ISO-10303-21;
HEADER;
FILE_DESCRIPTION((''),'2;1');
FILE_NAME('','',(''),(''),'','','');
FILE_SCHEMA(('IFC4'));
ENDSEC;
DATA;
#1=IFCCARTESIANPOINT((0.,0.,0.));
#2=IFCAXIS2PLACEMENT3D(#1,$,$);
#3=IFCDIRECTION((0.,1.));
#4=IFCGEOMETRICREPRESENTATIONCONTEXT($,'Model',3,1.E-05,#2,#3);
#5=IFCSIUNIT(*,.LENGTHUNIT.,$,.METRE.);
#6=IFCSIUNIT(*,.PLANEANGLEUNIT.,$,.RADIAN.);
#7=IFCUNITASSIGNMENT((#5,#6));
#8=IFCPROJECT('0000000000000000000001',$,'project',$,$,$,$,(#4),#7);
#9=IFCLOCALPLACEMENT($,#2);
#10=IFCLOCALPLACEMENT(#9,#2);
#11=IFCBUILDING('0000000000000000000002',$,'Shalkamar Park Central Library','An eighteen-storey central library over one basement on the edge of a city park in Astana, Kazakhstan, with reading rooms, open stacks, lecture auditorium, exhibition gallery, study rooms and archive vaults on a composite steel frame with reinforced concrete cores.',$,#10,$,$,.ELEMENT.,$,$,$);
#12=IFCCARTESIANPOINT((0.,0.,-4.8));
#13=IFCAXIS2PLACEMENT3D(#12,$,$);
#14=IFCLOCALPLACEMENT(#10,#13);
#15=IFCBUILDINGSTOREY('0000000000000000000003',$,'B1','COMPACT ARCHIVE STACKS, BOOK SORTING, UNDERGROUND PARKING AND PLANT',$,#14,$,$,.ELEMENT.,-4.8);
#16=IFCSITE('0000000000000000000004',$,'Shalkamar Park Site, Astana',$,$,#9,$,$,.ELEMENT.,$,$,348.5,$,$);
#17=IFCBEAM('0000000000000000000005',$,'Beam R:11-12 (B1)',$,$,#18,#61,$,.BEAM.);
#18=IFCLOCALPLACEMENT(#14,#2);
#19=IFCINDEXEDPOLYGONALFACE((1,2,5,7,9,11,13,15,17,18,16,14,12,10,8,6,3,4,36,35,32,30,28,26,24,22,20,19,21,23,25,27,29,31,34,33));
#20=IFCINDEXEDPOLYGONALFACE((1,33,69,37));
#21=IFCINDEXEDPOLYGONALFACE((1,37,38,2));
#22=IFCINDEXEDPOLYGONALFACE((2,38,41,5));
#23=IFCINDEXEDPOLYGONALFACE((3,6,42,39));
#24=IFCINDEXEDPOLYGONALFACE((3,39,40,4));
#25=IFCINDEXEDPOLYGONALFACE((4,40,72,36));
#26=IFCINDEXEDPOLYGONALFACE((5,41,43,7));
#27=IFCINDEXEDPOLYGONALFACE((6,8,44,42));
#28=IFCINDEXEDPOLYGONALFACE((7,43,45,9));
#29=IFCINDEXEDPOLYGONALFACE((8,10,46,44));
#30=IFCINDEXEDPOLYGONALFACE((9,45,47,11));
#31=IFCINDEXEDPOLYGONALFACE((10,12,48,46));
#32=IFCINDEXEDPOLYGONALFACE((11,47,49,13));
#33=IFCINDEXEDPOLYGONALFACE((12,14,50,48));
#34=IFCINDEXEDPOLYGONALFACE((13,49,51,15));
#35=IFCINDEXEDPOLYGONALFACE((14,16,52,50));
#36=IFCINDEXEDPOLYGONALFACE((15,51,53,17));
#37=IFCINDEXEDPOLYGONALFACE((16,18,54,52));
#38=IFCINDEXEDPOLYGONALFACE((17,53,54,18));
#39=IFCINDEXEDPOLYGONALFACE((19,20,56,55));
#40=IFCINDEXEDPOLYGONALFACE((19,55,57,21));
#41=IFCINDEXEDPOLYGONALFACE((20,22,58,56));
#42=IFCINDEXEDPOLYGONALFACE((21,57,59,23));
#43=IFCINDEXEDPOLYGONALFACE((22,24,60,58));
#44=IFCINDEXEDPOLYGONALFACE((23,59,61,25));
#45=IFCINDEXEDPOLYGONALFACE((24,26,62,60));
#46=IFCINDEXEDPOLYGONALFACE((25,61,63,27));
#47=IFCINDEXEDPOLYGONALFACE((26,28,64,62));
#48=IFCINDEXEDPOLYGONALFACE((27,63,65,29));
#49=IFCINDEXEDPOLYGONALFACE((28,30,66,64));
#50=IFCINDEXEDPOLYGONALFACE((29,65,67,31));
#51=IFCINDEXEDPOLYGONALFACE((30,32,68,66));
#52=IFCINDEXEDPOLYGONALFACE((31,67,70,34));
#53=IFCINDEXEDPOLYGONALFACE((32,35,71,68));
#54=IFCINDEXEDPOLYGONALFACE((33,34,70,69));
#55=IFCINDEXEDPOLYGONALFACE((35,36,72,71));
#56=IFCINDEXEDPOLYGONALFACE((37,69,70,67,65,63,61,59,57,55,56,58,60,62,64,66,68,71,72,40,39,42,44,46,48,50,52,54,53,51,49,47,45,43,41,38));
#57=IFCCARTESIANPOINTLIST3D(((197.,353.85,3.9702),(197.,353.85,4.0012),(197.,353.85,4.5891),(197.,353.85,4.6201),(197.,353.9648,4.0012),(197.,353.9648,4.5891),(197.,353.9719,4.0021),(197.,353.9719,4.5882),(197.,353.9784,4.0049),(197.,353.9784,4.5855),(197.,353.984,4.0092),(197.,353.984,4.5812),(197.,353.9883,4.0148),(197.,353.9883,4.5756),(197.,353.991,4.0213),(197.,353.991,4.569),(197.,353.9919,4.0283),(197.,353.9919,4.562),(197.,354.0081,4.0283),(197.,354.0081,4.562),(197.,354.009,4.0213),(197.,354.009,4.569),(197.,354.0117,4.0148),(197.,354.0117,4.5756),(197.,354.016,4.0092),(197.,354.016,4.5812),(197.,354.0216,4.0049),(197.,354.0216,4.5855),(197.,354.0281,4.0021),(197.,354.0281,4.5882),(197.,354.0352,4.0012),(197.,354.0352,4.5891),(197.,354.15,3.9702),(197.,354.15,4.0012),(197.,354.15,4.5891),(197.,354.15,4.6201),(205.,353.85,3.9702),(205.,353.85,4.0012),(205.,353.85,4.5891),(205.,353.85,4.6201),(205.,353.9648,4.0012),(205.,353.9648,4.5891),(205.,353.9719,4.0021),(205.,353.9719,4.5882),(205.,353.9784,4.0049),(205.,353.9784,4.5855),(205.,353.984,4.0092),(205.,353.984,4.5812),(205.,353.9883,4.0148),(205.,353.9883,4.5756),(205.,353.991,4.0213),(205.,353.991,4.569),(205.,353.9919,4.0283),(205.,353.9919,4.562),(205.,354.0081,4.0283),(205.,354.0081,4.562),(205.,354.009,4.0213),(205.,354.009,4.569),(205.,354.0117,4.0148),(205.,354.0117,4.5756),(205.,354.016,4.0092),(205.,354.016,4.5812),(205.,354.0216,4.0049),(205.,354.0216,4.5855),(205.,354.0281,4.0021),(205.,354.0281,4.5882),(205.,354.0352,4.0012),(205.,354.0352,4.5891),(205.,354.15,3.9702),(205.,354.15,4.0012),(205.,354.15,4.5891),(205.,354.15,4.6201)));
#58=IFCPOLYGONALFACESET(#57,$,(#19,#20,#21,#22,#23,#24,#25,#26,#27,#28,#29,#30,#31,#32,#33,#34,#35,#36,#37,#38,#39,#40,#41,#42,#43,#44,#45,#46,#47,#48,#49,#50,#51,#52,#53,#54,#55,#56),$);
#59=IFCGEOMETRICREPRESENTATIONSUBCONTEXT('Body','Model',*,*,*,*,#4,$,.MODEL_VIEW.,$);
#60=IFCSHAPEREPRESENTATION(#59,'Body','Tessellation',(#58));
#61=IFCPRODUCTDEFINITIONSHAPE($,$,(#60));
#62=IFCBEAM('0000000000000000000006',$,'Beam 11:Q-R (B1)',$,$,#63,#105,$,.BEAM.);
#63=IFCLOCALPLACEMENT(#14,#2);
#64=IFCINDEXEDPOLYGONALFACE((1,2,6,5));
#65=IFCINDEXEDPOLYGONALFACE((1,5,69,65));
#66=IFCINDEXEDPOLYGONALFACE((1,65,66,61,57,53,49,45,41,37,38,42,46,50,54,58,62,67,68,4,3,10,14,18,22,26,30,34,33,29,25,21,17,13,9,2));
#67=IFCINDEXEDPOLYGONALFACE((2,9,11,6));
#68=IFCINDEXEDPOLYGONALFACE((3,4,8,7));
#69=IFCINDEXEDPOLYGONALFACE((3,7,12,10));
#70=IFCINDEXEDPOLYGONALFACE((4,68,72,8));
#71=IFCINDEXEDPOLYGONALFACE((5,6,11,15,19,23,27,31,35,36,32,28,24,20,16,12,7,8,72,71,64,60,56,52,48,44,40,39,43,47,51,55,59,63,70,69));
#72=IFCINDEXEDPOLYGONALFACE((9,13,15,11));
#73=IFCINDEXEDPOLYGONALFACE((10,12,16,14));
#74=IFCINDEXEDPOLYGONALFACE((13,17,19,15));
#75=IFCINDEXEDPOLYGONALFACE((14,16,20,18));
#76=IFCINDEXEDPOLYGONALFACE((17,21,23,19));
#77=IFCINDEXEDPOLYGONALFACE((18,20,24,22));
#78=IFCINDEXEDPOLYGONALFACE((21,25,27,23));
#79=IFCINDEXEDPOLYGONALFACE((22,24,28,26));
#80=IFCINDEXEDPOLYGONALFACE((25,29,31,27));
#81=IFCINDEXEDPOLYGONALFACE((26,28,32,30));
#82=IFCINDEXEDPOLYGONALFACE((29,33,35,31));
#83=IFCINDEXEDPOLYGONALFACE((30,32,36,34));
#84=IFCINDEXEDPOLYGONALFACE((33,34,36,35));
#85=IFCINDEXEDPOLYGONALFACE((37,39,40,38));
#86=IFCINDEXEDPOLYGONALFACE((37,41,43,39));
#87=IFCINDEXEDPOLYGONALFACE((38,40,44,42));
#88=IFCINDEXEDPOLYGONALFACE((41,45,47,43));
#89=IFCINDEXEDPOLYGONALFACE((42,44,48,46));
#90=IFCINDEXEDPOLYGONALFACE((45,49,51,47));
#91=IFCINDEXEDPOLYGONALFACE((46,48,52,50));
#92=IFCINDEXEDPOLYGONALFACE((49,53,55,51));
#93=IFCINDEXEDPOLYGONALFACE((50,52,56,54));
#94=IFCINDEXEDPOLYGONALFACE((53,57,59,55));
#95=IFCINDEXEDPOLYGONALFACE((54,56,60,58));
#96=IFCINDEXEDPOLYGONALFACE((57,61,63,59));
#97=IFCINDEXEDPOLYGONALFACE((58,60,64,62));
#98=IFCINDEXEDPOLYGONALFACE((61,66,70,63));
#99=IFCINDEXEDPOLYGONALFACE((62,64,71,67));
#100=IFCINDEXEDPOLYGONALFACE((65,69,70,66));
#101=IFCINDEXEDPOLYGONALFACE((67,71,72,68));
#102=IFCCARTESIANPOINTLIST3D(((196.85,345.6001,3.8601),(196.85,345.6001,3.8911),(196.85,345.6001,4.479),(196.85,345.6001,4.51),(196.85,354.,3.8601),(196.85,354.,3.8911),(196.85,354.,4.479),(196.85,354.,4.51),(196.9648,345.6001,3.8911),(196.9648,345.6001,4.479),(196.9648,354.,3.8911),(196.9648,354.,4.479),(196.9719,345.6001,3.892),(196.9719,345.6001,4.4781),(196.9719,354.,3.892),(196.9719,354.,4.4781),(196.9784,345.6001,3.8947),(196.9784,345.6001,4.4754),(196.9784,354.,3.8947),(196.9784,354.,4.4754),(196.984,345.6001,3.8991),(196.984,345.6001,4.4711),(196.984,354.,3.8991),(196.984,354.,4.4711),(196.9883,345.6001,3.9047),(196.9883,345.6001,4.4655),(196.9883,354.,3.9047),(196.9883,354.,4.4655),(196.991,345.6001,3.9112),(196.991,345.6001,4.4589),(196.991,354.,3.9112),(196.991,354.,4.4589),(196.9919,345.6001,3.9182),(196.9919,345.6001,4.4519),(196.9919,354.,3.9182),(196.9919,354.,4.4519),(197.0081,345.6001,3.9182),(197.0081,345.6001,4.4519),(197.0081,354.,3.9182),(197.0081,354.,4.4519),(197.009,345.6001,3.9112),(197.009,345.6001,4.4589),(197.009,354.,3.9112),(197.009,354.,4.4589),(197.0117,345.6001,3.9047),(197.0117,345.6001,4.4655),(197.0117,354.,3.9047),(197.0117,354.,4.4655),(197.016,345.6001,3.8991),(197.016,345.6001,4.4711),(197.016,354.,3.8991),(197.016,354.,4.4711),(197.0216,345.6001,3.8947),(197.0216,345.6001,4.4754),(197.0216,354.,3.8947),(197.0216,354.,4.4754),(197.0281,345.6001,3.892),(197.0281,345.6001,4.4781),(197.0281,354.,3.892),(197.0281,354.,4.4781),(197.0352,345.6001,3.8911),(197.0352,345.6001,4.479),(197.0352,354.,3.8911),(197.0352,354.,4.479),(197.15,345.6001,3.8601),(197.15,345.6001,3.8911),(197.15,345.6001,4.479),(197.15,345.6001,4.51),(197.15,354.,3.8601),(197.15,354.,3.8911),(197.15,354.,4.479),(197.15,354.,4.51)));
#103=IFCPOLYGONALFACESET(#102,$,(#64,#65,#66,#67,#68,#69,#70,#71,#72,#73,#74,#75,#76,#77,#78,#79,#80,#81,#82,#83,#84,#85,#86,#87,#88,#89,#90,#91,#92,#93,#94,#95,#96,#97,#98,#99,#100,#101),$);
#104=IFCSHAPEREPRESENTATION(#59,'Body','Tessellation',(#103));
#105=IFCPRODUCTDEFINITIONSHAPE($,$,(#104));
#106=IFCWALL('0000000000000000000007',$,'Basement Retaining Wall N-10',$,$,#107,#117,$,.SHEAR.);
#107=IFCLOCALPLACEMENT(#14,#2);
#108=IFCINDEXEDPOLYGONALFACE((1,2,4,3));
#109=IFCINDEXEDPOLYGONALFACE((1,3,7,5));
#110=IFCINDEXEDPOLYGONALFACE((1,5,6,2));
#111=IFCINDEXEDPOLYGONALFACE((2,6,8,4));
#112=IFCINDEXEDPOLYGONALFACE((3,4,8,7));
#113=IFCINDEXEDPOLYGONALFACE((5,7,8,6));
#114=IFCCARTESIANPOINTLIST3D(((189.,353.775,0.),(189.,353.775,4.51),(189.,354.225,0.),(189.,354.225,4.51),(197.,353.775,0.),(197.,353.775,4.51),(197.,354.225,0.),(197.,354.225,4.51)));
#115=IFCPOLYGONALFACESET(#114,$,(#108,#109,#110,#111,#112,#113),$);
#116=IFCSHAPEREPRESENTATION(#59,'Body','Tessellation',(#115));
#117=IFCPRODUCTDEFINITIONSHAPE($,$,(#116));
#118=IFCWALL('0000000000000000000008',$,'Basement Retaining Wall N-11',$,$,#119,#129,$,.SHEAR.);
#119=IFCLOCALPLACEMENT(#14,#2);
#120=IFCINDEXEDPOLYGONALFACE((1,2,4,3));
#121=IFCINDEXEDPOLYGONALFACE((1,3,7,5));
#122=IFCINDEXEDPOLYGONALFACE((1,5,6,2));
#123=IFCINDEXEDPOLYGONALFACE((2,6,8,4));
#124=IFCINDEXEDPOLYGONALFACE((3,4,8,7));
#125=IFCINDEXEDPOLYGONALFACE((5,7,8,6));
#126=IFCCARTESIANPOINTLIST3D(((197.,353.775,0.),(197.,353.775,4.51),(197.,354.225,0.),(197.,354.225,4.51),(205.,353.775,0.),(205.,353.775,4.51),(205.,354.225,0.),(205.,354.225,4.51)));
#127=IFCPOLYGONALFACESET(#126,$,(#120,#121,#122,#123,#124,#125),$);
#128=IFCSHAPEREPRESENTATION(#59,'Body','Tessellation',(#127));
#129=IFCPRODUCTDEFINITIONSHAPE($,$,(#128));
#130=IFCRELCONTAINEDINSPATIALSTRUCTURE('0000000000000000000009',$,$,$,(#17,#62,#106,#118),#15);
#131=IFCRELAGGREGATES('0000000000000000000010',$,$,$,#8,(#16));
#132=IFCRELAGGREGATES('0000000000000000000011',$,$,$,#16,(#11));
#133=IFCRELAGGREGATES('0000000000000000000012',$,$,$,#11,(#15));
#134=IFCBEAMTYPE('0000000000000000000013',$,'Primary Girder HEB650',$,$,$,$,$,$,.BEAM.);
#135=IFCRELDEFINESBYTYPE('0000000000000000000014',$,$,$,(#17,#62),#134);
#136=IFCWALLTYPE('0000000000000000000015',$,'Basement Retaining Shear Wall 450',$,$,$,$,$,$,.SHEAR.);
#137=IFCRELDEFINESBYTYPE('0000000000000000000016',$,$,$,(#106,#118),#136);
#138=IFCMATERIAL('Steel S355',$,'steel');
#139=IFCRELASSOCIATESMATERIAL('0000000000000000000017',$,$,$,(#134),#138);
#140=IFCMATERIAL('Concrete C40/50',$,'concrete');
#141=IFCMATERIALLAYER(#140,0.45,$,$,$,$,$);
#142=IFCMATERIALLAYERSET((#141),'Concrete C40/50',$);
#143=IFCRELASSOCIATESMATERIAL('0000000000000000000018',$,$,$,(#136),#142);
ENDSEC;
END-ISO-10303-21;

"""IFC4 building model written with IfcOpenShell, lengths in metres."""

from ifc_helpers import new_model, si_unit, direction, frame, frame_2d, origin, origin_2d, place, context, subcontext, project, spatial, rectangle, i_section, extrude, material, layer, layer_set, material_profile, profile_set, type_object, element, save


model = new_model("IFC4")

# Units and contexts
model_context = context("Model", 3, precision=1e-05, world=origin(), true_north=direction((0.0, 1.0)))
body_context = subcontext(model_context, "Body", "Model", "MODEL_VIEW")
ifc_project = project(units=[si_unit("LENGTHUNIT", "METRE"), si_unit("PLANEANGLEUNIT", "RADIAN")], contexts=[model_context])

# Site, building, storey
site_placement = place(None, origin())
site = spatial("IfcSite", under=ifc_project, at=site_placement, Name="Shalkamar Park Site, Astana", CompositionType="ELEMENT", RefElevation=348.5)
building_placement = place(site_placement, origin())
building = spatial("IfcBuilding", under=site, at=building_placement, Name="Shalkamar Park Central Library", Description="An eighteen-storey central library over one basement on the edge of a city park in Astana, Kazakhstan, with reading rooms, open stacks, lecture auditorium, exhibition gallery, study rooms and archive vaults on a composite steel frame with reinforced concrete cores.", CompositionType="ELEMENT")
storey_placement = place(building_placement, frame((0.0, 0.0, -4.8)))
storey = spatial("IfcBuildingStorey", under=building, at=storey_placement, Name="B1", Description="COMPACT ARCHIVE STACKS, BOOK SORTING, UNDERGROUND PARKING AND PLANT", CompositionType="ELEMENT", Elevation=-4.8)

# Shared definitions
ifc_material_1 = material(Name="Concrete C40/50", Category="concrete")

# Beams
ifc_material_2 = material(Name="Steel S355", Category="steel")
ifc_material_profile_1 = material_profile(ifc_material_2, i_section(OverallWidth=0.3, OverallDepth=0.6499, WebThickness=0.0161, FlangeThickness=0.031, FilletRadius=0.0271, at=origin_2d()), Name="HEB 650")
ifc_profile_set_1 = profile_set([ifc_material_profile_1], Name="Steel S355")
beam_type_1 = type_object("IfcBeamType", Name="Primary Girder HEB650", PredefinedType="BEAM", material=ifc_profile_set_1)
for number, where, z_axis, x_axis, name in (
    (1, (197.0, 354.0, 4.2952), (1.0, 0.0, 0.0), (0.0, 1.0, 0.0), "Beam R:11-12 (B1)"),
):
    element("IfcBeam", number, at=place(storey_placement, frame(where, z_axis=z_axis, x_axis=x_axis)), inside=storey, type_object=beam_type_1, Name=name, PredefinedType="BEAM", context=body_context, shape_type="SweptSolid", body=[
        extrude(i_section(OverallWidth=0.3, OverallDepth=0.6499, WebThickness=0.0161, FlangeThickness=0.031, FilletRadius=0.0271, at=origin_2d()), origin(), (0.0, 0.0, 1.0), 8.0),
    ])
beam_1_placement = place(storey_placement, frame((197.0, 345.6001, 4.1851), z_axis=(0.0, 1.0, 0.0), x_axis=(-1.0, 0.0, 0.0)))
element("IfcBeam", 2, at=beam_1_placement, inside=storey, type_object=beam_type_1, Name="Beam 11:Q-R (B1)", PredefinedType="BEAM", context=body_context, shape_type="SweptSolid", body=[
    extrude(i_section(OverallWidth=0.3, OverallDepth=0.6499, WebThickness=0.0161, FlangeThickness=0.031, FilletRadius=0.0271, at=origin_2d()), origin(), (0.0, 0.0, 1.0), 8.3999),
])

# Walls
ifc_layer = layer(ifc_material_1, 0.45)
ifc_layer_set = layer_set([ifc_layer], Name="Concrete C40/50")
wall_type = type_object("IfcWallType", Name="Basement Retaining Shear Wall 450", PredefinedType="SHEAR", material=ifc_layer_set)
for number, where, z_axis, x_axis, name in (
    (3, (189.0, 354.0, 0.0), (0.0, 0.0, 1.0), (1.0, 0.0, 0.0), "Basement Retaining Wall N-10"),
    (4, (197.0, 354.0, 0.0), (0.0, 0.0, 1.0), (1.0, 0.0, 0.0), "Basement Retaining Wall N-11"),
):
    element("IfcWall", number, at=place(storey_placement, frame(where, z_axis=z_axis, x_axis=x_axis)), inside=storey, type_object=wall_type, Name=name, PredefinedType="SHEAR", context=body_context, shape_type="SweptSolid", body=[
        extrude(rectangle(XDim=8.0, YDim=0.45, at=frame_2d((4.0, 0.0))), origin(), (0.0, 0.0, 1.0), 4.51),
    ])

save(model, "model.ifc")
